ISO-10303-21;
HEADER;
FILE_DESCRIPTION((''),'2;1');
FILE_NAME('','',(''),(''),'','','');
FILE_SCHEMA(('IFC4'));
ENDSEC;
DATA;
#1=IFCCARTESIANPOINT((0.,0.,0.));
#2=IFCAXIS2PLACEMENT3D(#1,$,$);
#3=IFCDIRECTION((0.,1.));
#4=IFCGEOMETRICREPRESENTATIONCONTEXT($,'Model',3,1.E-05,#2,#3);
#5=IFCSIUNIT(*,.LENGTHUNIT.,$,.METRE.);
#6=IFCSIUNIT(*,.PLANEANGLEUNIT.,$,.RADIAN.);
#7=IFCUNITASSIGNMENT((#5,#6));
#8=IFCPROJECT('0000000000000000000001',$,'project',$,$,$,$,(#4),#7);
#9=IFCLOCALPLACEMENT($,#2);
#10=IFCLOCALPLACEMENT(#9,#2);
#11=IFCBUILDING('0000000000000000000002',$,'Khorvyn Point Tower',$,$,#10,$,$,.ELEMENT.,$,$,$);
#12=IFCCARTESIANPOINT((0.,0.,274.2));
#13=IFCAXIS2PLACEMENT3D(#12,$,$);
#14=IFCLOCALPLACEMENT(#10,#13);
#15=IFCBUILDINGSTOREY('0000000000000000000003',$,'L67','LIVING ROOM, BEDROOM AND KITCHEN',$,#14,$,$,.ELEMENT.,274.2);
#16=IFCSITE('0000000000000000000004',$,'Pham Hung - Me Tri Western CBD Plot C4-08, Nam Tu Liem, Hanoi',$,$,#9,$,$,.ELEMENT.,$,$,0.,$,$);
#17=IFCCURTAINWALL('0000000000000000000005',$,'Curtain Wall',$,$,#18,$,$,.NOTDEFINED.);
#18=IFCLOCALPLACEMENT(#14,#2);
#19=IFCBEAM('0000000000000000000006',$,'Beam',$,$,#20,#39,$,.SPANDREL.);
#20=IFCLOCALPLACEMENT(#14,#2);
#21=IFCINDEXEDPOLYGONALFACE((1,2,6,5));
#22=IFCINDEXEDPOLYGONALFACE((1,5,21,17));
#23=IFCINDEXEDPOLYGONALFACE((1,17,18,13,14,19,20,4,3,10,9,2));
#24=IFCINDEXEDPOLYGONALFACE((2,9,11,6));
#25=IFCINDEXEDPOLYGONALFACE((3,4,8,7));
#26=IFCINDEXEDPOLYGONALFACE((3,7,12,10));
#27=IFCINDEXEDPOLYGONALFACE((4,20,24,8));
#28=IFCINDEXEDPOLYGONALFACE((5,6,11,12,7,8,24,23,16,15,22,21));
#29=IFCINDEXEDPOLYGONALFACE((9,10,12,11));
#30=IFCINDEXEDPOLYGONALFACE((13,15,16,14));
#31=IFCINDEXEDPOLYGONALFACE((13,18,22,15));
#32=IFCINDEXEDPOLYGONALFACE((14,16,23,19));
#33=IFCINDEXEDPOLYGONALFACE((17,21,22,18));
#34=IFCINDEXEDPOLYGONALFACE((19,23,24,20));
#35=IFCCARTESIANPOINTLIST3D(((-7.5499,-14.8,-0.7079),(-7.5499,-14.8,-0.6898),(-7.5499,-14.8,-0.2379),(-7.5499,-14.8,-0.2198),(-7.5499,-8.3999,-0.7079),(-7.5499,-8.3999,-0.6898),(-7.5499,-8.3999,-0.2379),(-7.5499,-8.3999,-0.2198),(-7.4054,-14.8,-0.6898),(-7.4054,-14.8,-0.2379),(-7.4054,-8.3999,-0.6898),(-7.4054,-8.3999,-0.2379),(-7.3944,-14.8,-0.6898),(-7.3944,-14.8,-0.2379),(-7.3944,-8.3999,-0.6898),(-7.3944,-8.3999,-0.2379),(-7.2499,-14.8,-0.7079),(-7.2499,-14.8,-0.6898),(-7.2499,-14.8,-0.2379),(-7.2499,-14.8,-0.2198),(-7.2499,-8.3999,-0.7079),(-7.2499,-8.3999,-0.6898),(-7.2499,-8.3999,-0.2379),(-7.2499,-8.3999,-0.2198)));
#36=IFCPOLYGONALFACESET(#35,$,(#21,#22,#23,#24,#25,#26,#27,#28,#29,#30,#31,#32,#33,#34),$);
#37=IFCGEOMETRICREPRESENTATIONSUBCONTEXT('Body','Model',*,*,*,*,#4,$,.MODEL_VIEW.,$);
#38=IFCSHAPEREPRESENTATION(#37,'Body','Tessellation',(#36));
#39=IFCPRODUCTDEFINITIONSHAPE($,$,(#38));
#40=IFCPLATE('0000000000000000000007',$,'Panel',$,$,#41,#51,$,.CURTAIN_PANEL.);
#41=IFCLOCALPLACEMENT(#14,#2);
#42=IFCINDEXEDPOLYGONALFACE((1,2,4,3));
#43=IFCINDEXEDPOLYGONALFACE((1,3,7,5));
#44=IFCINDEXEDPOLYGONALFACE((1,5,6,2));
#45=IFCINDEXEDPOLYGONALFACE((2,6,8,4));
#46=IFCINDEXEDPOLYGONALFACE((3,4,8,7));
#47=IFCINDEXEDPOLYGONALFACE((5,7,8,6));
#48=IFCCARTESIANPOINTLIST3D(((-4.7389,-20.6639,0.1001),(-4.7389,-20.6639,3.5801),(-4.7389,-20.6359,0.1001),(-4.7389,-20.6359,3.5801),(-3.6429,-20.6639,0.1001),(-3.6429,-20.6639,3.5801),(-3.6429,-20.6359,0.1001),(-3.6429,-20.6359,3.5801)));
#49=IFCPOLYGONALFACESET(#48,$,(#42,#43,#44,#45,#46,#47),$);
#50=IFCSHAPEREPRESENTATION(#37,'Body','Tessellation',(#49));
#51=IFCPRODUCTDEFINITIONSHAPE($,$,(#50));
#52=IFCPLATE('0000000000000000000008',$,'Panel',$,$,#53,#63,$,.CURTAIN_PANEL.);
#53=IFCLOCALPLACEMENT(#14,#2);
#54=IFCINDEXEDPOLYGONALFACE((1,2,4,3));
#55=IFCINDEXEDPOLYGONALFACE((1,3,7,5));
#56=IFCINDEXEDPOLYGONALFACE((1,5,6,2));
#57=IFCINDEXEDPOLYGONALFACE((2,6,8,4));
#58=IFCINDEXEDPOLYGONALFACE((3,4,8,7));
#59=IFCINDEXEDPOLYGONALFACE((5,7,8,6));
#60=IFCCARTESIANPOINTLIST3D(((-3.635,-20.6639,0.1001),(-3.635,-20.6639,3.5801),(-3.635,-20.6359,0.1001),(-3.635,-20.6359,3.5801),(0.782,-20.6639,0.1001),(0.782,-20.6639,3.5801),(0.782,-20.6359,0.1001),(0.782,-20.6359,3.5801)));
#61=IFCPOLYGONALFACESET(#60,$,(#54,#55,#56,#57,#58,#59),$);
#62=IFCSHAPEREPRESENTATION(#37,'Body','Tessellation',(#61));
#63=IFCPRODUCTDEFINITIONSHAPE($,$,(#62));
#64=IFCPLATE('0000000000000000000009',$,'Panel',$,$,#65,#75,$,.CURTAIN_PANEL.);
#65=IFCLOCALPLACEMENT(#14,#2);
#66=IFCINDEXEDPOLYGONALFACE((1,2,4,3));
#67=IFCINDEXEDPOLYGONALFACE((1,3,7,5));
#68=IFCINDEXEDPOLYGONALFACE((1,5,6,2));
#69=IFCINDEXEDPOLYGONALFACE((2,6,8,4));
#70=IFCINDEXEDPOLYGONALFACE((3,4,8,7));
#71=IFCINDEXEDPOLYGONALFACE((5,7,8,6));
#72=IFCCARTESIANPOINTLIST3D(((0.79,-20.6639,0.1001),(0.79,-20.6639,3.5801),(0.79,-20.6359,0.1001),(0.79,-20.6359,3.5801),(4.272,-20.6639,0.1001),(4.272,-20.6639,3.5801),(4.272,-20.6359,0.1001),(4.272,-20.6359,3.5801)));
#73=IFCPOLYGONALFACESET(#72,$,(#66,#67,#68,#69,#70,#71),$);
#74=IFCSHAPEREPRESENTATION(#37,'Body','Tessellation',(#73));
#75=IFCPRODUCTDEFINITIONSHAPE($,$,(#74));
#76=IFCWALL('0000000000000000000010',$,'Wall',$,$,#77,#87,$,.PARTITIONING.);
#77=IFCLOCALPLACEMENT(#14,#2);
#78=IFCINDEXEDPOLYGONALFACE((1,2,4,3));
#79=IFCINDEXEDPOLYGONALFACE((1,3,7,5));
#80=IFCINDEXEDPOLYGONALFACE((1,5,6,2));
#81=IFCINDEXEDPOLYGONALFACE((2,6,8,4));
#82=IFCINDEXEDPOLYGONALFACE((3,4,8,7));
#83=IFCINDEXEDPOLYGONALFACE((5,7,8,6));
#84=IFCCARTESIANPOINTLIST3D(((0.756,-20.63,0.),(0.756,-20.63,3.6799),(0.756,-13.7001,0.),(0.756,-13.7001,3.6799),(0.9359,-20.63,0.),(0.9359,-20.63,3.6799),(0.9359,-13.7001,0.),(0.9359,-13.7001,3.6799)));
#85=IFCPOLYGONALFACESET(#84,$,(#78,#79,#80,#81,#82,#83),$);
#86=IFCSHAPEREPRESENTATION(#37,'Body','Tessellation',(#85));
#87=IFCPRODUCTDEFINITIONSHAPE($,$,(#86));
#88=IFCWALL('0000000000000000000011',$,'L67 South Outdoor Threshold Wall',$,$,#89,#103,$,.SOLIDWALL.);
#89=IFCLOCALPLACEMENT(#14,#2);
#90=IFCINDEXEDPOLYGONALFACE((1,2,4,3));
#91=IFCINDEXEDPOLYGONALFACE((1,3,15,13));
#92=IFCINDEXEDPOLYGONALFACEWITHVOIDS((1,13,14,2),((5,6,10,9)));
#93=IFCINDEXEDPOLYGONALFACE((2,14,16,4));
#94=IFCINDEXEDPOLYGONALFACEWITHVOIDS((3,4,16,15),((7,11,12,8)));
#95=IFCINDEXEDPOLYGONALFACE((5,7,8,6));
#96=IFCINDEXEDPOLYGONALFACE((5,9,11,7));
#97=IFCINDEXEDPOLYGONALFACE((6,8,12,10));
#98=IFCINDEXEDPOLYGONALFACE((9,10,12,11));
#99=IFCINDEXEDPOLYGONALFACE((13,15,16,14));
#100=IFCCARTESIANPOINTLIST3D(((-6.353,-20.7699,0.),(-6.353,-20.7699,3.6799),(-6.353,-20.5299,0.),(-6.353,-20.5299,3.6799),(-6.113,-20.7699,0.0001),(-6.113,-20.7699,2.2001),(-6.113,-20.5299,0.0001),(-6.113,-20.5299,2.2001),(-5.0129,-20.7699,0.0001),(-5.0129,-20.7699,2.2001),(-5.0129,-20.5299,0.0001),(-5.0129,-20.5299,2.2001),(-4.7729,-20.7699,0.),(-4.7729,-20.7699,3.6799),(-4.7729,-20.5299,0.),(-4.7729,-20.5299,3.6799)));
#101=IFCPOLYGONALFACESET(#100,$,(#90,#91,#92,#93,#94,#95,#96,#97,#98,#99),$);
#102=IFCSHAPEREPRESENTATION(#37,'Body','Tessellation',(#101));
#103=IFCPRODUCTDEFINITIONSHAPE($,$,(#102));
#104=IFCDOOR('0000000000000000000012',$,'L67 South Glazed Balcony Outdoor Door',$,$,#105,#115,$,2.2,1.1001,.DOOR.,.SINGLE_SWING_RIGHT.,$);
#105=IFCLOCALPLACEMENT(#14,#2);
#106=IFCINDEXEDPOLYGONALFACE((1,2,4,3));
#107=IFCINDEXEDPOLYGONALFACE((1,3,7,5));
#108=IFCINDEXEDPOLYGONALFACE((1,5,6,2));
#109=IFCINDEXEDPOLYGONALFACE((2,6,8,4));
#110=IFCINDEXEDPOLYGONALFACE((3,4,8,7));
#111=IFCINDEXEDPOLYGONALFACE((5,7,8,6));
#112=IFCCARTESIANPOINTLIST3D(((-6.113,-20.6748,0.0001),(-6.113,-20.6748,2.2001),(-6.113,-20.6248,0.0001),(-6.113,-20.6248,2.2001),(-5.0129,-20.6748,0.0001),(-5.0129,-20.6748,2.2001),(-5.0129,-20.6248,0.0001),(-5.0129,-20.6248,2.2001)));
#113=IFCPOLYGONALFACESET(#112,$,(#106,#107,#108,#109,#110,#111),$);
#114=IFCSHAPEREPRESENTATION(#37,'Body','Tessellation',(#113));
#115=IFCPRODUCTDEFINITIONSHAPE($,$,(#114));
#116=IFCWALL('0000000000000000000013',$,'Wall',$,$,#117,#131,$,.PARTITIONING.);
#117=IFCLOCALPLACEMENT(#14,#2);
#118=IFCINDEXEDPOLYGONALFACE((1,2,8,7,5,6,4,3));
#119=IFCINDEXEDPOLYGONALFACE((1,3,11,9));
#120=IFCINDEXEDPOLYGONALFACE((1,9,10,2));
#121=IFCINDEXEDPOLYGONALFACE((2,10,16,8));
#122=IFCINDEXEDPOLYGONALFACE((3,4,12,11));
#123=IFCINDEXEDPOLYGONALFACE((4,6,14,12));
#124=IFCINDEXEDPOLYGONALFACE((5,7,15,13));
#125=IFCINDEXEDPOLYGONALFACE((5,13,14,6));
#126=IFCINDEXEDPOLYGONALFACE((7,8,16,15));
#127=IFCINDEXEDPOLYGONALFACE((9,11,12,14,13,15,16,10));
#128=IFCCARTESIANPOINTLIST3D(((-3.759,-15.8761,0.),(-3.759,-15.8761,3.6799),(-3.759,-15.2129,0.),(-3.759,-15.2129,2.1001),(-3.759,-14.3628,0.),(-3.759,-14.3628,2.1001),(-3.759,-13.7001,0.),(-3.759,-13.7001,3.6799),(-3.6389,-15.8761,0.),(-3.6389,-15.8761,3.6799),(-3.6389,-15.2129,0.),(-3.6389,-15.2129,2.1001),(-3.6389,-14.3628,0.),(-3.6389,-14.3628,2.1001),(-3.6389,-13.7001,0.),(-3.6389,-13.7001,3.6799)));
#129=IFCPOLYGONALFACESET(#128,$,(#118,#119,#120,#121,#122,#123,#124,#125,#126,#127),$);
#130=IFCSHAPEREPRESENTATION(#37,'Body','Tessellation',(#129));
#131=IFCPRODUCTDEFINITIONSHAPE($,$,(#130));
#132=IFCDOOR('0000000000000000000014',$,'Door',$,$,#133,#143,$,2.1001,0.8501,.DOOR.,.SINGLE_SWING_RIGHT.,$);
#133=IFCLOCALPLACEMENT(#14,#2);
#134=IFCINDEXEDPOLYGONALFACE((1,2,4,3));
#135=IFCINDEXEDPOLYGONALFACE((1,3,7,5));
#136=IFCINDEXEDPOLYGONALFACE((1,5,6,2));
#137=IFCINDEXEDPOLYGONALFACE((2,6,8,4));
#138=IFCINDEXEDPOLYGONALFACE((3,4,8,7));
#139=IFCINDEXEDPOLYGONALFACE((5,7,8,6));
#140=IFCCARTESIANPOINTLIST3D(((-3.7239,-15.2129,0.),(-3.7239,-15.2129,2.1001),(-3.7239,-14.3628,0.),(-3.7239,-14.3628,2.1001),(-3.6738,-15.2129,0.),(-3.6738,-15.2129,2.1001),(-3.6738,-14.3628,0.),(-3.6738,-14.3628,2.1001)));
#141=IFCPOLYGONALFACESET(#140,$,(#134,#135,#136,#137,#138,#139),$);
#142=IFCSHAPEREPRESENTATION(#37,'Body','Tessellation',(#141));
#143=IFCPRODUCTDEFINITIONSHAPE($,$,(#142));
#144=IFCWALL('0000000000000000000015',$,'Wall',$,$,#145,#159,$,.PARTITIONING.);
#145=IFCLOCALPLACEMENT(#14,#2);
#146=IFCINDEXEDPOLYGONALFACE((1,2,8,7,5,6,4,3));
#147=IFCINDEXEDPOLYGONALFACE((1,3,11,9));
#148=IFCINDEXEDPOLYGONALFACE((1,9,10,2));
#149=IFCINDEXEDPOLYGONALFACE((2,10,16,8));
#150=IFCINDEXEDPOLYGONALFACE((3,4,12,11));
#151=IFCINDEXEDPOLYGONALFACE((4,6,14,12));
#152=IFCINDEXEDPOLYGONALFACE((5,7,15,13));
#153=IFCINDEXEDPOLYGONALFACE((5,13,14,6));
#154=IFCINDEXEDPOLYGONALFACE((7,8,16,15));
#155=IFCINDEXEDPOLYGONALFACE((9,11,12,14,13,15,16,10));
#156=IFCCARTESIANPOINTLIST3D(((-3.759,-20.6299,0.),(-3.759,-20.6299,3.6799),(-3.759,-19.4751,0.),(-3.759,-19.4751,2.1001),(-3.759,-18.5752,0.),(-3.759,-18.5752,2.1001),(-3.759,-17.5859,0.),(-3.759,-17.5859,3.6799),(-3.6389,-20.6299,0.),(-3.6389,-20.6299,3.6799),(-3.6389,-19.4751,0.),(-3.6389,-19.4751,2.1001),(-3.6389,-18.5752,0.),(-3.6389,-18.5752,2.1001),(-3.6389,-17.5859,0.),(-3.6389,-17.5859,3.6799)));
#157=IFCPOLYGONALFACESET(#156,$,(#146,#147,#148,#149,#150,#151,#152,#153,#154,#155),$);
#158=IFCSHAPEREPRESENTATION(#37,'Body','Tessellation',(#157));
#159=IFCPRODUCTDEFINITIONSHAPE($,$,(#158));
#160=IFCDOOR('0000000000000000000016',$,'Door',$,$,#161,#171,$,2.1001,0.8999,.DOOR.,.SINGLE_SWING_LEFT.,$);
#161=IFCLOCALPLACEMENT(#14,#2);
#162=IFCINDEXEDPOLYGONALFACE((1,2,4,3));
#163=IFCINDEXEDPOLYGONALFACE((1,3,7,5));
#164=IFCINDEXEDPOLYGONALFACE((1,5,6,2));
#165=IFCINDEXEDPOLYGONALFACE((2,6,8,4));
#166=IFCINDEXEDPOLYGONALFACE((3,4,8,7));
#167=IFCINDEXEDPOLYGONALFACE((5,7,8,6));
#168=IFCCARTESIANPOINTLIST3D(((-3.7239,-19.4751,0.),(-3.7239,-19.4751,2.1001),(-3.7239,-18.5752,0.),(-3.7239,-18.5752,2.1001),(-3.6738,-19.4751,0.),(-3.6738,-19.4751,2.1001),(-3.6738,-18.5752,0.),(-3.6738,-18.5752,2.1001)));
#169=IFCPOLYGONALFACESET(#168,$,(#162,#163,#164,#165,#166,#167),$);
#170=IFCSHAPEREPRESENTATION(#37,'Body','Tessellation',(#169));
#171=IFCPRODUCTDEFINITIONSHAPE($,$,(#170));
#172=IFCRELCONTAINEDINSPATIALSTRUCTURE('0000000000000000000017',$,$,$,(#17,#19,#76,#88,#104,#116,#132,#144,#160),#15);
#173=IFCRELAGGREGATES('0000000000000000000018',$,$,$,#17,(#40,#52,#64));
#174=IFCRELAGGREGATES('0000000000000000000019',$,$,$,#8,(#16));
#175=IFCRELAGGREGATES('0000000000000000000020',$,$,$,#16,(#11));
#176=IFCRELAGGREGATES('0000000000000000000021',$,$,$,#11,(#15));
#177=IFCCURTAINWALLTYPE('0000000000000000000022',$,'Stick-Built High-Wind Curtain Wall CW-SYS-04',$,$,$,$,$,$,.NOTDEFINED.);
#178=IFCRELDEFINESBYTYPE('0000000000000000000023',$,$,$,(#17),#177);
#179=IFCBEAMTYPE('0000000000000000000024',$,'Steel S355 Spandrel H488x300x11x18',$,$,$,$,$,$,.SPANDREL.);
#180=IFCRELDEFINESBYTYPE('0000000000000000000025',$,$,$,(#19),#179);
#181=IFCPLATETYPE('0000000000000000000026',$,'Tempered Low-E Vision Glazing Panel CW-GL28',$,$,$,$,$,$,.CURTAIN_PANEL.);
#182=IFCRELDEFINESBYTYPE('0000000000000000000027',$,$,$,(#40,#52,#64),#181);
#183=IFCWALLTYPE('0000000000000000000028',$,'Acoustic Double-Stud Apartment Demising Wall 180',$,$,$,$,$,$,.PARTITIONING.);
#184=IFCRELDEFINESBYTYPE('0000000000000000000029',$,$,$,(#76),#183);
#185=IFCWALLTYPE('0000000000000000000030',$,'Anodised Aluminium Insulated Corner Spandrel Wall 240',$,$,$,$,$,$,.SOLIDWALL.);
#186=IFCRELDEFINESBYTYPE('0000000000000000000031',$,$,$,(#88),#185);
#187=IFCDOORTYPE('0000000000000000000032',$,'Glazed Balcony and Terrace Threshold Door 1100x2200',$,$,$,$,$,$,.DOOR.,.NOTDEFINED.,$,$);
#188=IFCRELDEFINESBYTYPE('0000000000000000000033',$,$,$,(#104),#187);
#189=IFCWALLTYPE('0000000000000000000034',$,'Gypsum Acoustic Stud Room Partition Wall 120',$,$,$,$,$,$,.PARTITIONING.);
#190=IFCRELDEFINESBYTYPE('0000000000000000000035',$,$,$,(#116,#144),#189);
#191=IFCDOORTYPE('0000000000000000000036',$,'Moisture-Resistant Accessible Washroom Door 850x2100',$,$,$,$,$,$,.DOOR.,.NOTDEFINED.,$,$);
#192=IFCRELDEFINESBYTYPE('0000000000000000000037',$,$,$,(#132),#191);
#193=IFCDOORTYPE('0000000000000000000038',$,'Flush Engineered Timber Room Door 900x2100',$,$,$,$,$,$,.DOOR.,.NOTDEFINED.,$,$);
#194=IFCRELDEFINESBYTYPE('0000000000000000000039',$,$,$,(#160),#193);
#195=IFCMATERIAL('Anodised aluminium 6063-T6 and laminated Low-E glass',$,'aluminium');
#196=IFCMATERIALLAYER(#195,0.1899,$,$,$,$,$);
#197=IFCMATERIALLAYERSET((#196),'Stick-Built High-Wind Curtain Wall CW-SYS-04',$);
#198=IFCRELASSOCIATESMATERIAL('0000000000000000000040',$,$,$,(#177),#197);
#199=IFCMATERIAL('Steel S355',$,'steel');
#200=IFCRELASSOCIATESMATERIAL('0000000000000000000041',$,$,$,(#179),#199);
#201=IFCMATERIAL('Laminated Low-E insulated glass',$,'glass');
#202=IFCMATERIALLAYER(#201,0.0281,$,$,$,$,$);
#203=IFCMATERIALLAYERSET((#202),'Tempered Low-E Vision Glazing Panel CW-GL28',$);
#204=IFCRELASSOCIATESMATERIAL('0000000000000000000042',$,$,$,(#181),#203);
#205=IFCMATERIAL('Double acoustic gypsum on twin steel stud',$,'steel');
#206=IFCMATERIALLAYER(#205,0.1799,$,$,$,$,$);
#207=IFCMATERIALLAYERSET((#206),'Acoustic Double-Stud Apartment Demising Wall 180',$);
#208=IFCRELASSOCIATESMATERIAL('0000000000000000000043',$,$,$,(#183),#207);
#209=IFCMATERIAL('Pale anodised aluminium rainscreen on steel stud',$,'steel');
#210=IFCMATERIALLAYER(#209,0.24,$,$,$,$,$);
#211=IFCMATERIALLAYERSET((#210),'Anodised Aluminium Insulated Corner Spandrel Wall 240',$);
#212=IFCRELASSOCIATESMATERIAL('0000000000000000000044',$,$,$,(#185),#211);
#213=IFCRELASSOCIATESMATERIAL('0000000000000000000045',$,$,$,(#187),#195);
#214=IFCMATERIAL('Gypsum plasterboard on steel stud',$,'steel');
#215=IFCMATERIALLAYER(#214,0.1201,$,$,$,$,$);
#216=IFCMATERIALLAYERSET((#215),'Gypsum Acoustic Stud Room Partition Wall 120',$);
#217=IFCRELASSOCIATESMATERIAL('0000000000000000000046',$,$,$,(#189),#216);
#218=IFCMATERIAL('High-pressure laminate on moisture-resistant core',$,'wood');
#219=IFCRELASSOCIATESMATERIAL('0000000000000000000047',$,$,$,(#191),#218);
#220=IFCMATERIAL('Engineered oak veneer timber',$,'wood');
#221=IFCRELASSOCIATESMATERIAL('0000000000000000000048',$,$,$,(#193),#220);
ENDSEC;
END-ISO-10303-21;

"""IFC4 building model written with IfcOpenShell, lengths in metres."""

from ifc_helpers import new_model, si_unit, direction, frame, frame_2d, origin, origin_2d, place, context, subcontext, project, spatial, rectangle, i_section, extrude, material, layer, layer_set, material_profile, profile_set, type_object, element, fill, aggregate, save


model = new_model("IFC4")

# Units and contexts
model_context = context("Model", 3, precision=1e-05, world=origin(), true_north=direction((0.0, 1.0)))
body_context = subcontext(model_context, "Body", "Model", "MODEL_VIEW")
ifc_project = project(units=[si_unit("LENGTHUNIT", "METRE"), si_unit("PLANEANGLEUNIT", "RADIAN")], contexts=[model_context])

# Site, building, storey
site_placement = place(None, origin())
site = spatial("IfcSite", under=ifc_project, at=site_placement, Name="Pham Hung - Me Tri Western CBD Plot C4-08, Nam Tu Liem, Hanoi", CompositionType="ELEMENT", RefElevation=0.0)
building_placement = place(site_placement, origin())
building = spatial("IfcBuilding", under=site, at=building_placement, Name="Khorvyn Point Tower", CompositionType="ELEMENT")
storey_placement = place(building_placement, frame((0.0, 0.0, 274.2)))
storey = spatial("IfcBuildingStorey", under=building, at=storey_placement, Name="L67", Description="LIVING ROOM, BEDROOM AND KITCHEN", CompositionType="ELEMENT", Elevation=274.2)

# Curtain wall
ifc_material_1 = material(Name="Anodised aluminium 6063-T6 and laminated Low-E glass", Category="aluminium")
ifc_layer_1 = layer(ifc_material_1, 0.1899)
ifc_layer_set_1 = layer_set([ifc_layer_1], Name="Stick-Built High-Wind Curtain Wall CW-SYS-04")
curtain_wall_type = type_object("IfcCurtainWallType", Name="Stick-Built High-Wind Curtain Wall CW-SYS-04", PredefinedType="NOTDEFINED", material=ifc_layer_set_1)
curtain_wall_1_placement = place(storey_placement, origin())
curtain_wall_1 = element("IfcCurtainWall", 1, at=curtain_wall_1_placement, inside=storey, type_object=curtain_wall_type, Name="Curtain Wall", PredefinedType="NOTDEFINED")

# Beam
ifc_material_2 = material(Name="Steel S355", Category="steel")
ifc_material_profile_1 = material_profile(ifc_material_2, i_section(OverallWidth=0.3, OverallDepth=0.488, WebThickness=0.011, FlangeThickness=0.0181, at=origin_2d()))
ifc_profile_set_1 = profile_set([ifc_material_profile_1], Name="Steel S355 H488x300x11x18")
beam_type = type_object("IfcBeamType", Name="Steel S355 Spandrel H488x300x11x18", PredefinedType="SPANDREL", material=ifc_profile_set_1)
beam_1_placement = place(storey_placement, frame((-7.3999, -14.8, -0.4639), z_axis=(0.0, 1.0, 0.0), x_axis=(-1.0, 0.0, 0.0)))
element("IfcBeam", 2, at=beam_1_placement, inside=storey, type_object=beam_type, Name="Beam", PredefinedType="SPANDREL", context=body_context, shape_type="SweptSolid", body=[
    extrude(i_section(OverallWidth=0.3, OverallDepth=0.488, WebThickness=0.011, FlangeThickness=0.0181, at=origin_2d()), origin(), (0.0, 0.0, 1.0), 6.4001),
])

# Plates
ifc_material_3 = material(Name="Laminated Low-E insulated glass", Category="glass")
ifc_layer_2 = layer(ifc_material_3, 0.0281)
ifc_layer_set_2 = layer_set([ifc_layer_2], Name="Tempered Low-E Vision Glazing Panel CW-GL28")
plate_type = type_object("IfcPlateType", Name="Tempered Low-E Vision Glazing Panel CW-GL28", PredefinedType="CURTAIN_PANEL", material=ifc_layer_set_2)
plate_1_placement = place(storey_placement, frame((-4.1909, -20.6499, 0.1001), z_axis=(0.0, 0.0, 1.0), x_axis=(-1.0, 0.0, 0.0)))
plate_1 = element("IfcPlate", 3, at=plate_1_placement, type_object=plate_type, Name="Panel", PredefinedType="CURTAIN_PANEL", context=body_context, shape_type="SweptSolid", body=[
    extrude(rectangle(XDim=1.0959, YDim=0.0281, at=origin_2d()), origin(), (0.0, 0.0, 1.0), 3.48),
])
plate_2_placement = place(storey_placement, frame((-1.4265, -20.6499, 0.1001), z_axis=(0.0, 0.0, 1.0), x_axis=(-1.0, 0.0, 0.0)))
plate_2 = element("IfcPlate", 4, at=plate_2_placement, type_object=plate_type, Name="Panel", PredefinedType="CURTAIN_PANEL", context=body_context, shape_type="SweptSolid", body=[
    extrude(rectangle(XDim=4.417, YDim=0.0281, at=origin_2d()), origin(), (0.0, 0.0, 1.0), 3.48),
])
plate_3_placement = place(storey_placement, frame((2.531, -20.6499, 0.1001), z_axis=(0.0, 0.0, 1.0), x_axis=(-1.0, 0.0, 0.0)))
plate_3 = element("IfcPlate", 5, at=plate_3_placement, type_object=plate_type, Name="Panel", PredefinedType="CURTAIN_PANEL", context=body_context, shape_type="SweptSolid", body=[
    extrude(rectangle(XDim=3.4819, YDim=0.0281, at=origin_2d()), origin(), (0.0, 0.0, 1.0), 3.48),
])
aggregate(curtain_wall_1, [plate_1, plate_2, plate_3])

# Wall
ifc_material_4 = material(Name="Double acoustic gypsum on twin steel stud", Category="steel")
ifc_layer_3 = layer(ifc_material_4, 0.1799)
ifc_layer_set_3 = layer_set([ifc_layer_3], Name="Acoustic Double-Stud Apartment Demising Wall 180")
wall_type_1 = type_object("IfcWallType", Name="Acoustic Double-Stud Apartment Demising Wall 180", PredefinedType="PARTITIONING", material=ifc_layer_set_3)
wall_1_placement = place(storey_placement, frame((0.8459, -20.6299, 0.0), z_axis=(0.0, 0.0, 1.0), x_axis=(0.0, 1.0, 0.0)))
element("IfcWall", 6, at=wall_1_placement, inside=storey, type_object=wall_type_1, Name="Wall", PredefinedType="PARTITIONING", context=body_context, shape_type="SweptSolid", body=[
    extrude(rectangle(XDim=6.9299, YDim=0.1799, at=frame_2d((3.4648, 0.0))), origin(), (0.0, 0.0, 1.0), 3.6799),
])

# Walls, openings, doors
ifc_material_5 = material(Name="Pale anodised aluminium rainscreen on steel stud", Category="steel")
ifc_layer_4 = layer(ifc_material_5, 0.24)
ifc_layer_set_4 = layer_set([ifc_layer_4], Name="Anodised Aluminium Insulated Corner Spandrel Wall 240")
wall_type_2 = type_object("IfcWallType", Name="Anodised Aluminium Insulated Corner Spandrel Wall 240", PredefinedType="SOLIDWALL", material=ifc_layer_set_4)
wall_2_placement = place(storey_placement, frame((-4.7729, -20.6499, 0.0), z_axis=(0.0, 0.0, 1.0), x_axis=(-1.0, 0.0, 0.0)))
wall_2 = element("IfcWall", 7, at=wall_2_placement, inside=storey, type_object=wall_type_2, Name="L67 South Outdoor Threshold Wall", PredefinedType="SOLIDWALL", context=body_context, shape_type="SweptSolid", body=[
    extrude(rectangle(XDim=1.5801, YDim=0.24, at=frame_2d((0.79, 0.0))), origin(), (0.0, 0.0, 1.0), 3.6799),
])
opening_1_placement = place(wall_2_placement, frame((0.24, 0.0, 0.0)))
opening_1 = element("IfcOpeningElement", 8, at=opening_1_placement, cuts=wall_2, PredefinedType="OPENING", context=body_context, shape_type="SweptSolid", body=[
    extrude(rectangle(XDim=1.1001, YDim=2.2, at=frame_2d((0.55, 1.1001))), frame((0.0, 0.1299, 0.0), z_axis=(0.0, -1.0, 0.0), x_axis=(1.0, 0.0, 0.0)), (0.0, 0.0, 1.0), 0.26),
])
door_type_1 = type_object("IfcDoorType", Name="Glazed Balcony and Terrace Threshold Door 1100x2200", OperationType="NOTDEFINED", PredefinedType="DOOR", material=ifc_material_1)
door_1_placement = place(opening_1_placement, origin())
door_1 = element("IfcDoor", 9, at=door_1_placement, inside=storey, type_object=door_type_1, Name="L67 South Glazed Balcony Outdoor Door", OperationType="SINGLE_SWING_RIGHT", OverallHeight=2.2, OverallWidth=1.1001, PredefinedType="DOOR", context=body_context, shape_type="SweptSolid", body=[
    extrude(rectangle(XDim=1.1001, YDim=2.2, at=frame_2d((0.55, 1.1001))), frame((0.0, 0.0249, 0.0), z_axis=(0.0, -1.0, 0.0), x_axis=(1.0, 0.0, 0.0)), (0.0, 0.0, 1.0), 0.05),
])
fill(opening_1, door_1)
ifc_material_6 = material(Name="Gypsum plasterboard on steel stud", Category="steel")
ifc_layer_5 = layer(ifc_material_6, 0.1201)
ifc_layer_set_5 = layer_set([ifc_layer_5], Name="Gypsum Acoustic Stud Room Partition Wall 120")
wall_type_3 = type_object("IfcWallType", Name="Gypsum Acoustic Stud Room Partition Wall 120", PredefinedType="PARTITIONING", material=ifc_layer_set_5)
wall_3_placement = place(storey_placement, frame((-3.699, -15.876, 0.0), z_axis=(0.0, 0.0, 1.0), x_axis=(0.0, 1.0, 0.0)))
wall_3 = element("IfcWall", 10, at=wall_3_placement, inside=storey, type_object=wall_type_3, Name="Wall", PredefinedType="PARTITIONING", context=body_context, shape_type="SweptSolid", body=[
    extrude(rectangle(XDim=2.176, YDim=0.1201, at=frame_2d((1.0879, 0.0))), origin(), (0.0, 0.0, 1.0), 3.6799),
])
opening_2_placement = place(wall_3_placement, frame((0.6631, 0.0, 0.0)))
opening_2 = element("IfcOpeningElement", 11, at=opening_2_placement, cuts=wall_3, PredefinedType="OPENING", context=body_context, shape_type="SweptSolid", body=[
    extrude(rectangle(XDim=0.8501, YDim=2.1001, at=frame_2d((0.425, 1.05))), frame((0.0, 0.0701, 0.0), z_axis=(0.0, -1.0, 0.0), x_axis=(1.0, 0.0, 0.0)), (0.0, 0.0, 1.0), 0.1401),
])
ifc_material_7 = material(Name="High-pressure laminate on moisture-resistant core", Category="wood")
door_type_2 = type_object("IfcDoorType", Name="Moisture-Resistant Accessible Washroom Door 850x2100", OperationType="NOTDEFINED", PredefinedType="DOOR", material=ifc_material_7)
door_2_placement = place(opening_2_placement, origin())
door_2 = element("IfcDoor", 12, at=door_2_placement, inside=storey, type_object=door_type_2, Name="Door", OperationType="SINGLE_SWING_RIGHT", OverallHeight=2.1001, OverallWidth=0.8501, PredefinedType="DOOR", context=body_context, shape_type="SweptSolid", body=[
    extrude(rectangle(XDim=0.8501, YDim=2.1001, at=frame_2d((0.425, 1.05))), frame((0.0, 0.0249, 0.0), z_axis=(0.0, -1.0, 0.0), x_axis=(1.0, 0.0, 0.0)), (0.0, 0.0, 1.0), 0.05),
])
fill(opening_2, door_2)
wall_4_placement = place(storey_placement, frame((-3.699, -20.6299, 0.0), z_axis=(0.0, 0.0, 1.0), x_axis=(0.0, 1.0, 0.0)))
wall_4 = element("IfcWall", 13, at=wall_4_placement, inside=storey, type_object=wall_type_3, Name="Wall", PredefinedType="PARTITIONING", context=body_context, shape_type="SweptSolid", body=[
    extrude(rectangle(XDim=3.0439, YDim=0.1201, at=frame_2d((1.522, 0.0))), origin(), (0.0, 0.0, 1.0), 3.6799),
])
opening_3_placement = place(wall_4_placement, frame((1.1548, 0.0, 0.0)))
opening_3 = element("IfcOpeningElement", 14, at=opening_3_placement, cuts=wall_4, PredefinedType="OPENING", context=body_context, shape_type="SweptSolid", body=[
    extrude(rectangle(XDim=0.8999, YDim=2.1001, at=frame_2d((0.45, 1.05))), frame((0.0, 0.0701, 0.0), z_axis=(0.0, -1.0, 0.0), x_axis=(1.0, 0.0, 0.0)), (0.0, 0.0, 1.0), 0.1401),
])
ifc_material_8 = material(Name="Engineered oak veneer timber", Category="wood")
door_type_3 = type_object("IfcDoorType", Name="Flush Engineered Timber Room Door 900x2100", OperationType="NOTDEFINED", PredefinedType="DOOR", material=ifc_material_8)
door_3_placement = place(opening_3_placement, origin())
door_3 = element("IfcDoor", 15, at=door_3_placement, inside=storey, type_object=door_type_3, Name="Door", OperationType="SINGLE_SWING_LEFT", OverallHeight=2.1001, OverallWidth=0.8999, PredefinedType="DOOR", context=body_context, shape_type="SweptSolid", body=[
    extrude(rectangle(XDim=0.8999, YDim=2.1001, at=frame_2d((0.45, 1.05))), frame((0.0, 0.0249, 0.0), z_axis=(0.0, -1.0, 0.0), x_axis=(1.0, 0.0, 0.0)), (0.0, 0.0, 1.0), 0.05),
])
fill(opening_3, door_3)

save(model, "model.ifc")
